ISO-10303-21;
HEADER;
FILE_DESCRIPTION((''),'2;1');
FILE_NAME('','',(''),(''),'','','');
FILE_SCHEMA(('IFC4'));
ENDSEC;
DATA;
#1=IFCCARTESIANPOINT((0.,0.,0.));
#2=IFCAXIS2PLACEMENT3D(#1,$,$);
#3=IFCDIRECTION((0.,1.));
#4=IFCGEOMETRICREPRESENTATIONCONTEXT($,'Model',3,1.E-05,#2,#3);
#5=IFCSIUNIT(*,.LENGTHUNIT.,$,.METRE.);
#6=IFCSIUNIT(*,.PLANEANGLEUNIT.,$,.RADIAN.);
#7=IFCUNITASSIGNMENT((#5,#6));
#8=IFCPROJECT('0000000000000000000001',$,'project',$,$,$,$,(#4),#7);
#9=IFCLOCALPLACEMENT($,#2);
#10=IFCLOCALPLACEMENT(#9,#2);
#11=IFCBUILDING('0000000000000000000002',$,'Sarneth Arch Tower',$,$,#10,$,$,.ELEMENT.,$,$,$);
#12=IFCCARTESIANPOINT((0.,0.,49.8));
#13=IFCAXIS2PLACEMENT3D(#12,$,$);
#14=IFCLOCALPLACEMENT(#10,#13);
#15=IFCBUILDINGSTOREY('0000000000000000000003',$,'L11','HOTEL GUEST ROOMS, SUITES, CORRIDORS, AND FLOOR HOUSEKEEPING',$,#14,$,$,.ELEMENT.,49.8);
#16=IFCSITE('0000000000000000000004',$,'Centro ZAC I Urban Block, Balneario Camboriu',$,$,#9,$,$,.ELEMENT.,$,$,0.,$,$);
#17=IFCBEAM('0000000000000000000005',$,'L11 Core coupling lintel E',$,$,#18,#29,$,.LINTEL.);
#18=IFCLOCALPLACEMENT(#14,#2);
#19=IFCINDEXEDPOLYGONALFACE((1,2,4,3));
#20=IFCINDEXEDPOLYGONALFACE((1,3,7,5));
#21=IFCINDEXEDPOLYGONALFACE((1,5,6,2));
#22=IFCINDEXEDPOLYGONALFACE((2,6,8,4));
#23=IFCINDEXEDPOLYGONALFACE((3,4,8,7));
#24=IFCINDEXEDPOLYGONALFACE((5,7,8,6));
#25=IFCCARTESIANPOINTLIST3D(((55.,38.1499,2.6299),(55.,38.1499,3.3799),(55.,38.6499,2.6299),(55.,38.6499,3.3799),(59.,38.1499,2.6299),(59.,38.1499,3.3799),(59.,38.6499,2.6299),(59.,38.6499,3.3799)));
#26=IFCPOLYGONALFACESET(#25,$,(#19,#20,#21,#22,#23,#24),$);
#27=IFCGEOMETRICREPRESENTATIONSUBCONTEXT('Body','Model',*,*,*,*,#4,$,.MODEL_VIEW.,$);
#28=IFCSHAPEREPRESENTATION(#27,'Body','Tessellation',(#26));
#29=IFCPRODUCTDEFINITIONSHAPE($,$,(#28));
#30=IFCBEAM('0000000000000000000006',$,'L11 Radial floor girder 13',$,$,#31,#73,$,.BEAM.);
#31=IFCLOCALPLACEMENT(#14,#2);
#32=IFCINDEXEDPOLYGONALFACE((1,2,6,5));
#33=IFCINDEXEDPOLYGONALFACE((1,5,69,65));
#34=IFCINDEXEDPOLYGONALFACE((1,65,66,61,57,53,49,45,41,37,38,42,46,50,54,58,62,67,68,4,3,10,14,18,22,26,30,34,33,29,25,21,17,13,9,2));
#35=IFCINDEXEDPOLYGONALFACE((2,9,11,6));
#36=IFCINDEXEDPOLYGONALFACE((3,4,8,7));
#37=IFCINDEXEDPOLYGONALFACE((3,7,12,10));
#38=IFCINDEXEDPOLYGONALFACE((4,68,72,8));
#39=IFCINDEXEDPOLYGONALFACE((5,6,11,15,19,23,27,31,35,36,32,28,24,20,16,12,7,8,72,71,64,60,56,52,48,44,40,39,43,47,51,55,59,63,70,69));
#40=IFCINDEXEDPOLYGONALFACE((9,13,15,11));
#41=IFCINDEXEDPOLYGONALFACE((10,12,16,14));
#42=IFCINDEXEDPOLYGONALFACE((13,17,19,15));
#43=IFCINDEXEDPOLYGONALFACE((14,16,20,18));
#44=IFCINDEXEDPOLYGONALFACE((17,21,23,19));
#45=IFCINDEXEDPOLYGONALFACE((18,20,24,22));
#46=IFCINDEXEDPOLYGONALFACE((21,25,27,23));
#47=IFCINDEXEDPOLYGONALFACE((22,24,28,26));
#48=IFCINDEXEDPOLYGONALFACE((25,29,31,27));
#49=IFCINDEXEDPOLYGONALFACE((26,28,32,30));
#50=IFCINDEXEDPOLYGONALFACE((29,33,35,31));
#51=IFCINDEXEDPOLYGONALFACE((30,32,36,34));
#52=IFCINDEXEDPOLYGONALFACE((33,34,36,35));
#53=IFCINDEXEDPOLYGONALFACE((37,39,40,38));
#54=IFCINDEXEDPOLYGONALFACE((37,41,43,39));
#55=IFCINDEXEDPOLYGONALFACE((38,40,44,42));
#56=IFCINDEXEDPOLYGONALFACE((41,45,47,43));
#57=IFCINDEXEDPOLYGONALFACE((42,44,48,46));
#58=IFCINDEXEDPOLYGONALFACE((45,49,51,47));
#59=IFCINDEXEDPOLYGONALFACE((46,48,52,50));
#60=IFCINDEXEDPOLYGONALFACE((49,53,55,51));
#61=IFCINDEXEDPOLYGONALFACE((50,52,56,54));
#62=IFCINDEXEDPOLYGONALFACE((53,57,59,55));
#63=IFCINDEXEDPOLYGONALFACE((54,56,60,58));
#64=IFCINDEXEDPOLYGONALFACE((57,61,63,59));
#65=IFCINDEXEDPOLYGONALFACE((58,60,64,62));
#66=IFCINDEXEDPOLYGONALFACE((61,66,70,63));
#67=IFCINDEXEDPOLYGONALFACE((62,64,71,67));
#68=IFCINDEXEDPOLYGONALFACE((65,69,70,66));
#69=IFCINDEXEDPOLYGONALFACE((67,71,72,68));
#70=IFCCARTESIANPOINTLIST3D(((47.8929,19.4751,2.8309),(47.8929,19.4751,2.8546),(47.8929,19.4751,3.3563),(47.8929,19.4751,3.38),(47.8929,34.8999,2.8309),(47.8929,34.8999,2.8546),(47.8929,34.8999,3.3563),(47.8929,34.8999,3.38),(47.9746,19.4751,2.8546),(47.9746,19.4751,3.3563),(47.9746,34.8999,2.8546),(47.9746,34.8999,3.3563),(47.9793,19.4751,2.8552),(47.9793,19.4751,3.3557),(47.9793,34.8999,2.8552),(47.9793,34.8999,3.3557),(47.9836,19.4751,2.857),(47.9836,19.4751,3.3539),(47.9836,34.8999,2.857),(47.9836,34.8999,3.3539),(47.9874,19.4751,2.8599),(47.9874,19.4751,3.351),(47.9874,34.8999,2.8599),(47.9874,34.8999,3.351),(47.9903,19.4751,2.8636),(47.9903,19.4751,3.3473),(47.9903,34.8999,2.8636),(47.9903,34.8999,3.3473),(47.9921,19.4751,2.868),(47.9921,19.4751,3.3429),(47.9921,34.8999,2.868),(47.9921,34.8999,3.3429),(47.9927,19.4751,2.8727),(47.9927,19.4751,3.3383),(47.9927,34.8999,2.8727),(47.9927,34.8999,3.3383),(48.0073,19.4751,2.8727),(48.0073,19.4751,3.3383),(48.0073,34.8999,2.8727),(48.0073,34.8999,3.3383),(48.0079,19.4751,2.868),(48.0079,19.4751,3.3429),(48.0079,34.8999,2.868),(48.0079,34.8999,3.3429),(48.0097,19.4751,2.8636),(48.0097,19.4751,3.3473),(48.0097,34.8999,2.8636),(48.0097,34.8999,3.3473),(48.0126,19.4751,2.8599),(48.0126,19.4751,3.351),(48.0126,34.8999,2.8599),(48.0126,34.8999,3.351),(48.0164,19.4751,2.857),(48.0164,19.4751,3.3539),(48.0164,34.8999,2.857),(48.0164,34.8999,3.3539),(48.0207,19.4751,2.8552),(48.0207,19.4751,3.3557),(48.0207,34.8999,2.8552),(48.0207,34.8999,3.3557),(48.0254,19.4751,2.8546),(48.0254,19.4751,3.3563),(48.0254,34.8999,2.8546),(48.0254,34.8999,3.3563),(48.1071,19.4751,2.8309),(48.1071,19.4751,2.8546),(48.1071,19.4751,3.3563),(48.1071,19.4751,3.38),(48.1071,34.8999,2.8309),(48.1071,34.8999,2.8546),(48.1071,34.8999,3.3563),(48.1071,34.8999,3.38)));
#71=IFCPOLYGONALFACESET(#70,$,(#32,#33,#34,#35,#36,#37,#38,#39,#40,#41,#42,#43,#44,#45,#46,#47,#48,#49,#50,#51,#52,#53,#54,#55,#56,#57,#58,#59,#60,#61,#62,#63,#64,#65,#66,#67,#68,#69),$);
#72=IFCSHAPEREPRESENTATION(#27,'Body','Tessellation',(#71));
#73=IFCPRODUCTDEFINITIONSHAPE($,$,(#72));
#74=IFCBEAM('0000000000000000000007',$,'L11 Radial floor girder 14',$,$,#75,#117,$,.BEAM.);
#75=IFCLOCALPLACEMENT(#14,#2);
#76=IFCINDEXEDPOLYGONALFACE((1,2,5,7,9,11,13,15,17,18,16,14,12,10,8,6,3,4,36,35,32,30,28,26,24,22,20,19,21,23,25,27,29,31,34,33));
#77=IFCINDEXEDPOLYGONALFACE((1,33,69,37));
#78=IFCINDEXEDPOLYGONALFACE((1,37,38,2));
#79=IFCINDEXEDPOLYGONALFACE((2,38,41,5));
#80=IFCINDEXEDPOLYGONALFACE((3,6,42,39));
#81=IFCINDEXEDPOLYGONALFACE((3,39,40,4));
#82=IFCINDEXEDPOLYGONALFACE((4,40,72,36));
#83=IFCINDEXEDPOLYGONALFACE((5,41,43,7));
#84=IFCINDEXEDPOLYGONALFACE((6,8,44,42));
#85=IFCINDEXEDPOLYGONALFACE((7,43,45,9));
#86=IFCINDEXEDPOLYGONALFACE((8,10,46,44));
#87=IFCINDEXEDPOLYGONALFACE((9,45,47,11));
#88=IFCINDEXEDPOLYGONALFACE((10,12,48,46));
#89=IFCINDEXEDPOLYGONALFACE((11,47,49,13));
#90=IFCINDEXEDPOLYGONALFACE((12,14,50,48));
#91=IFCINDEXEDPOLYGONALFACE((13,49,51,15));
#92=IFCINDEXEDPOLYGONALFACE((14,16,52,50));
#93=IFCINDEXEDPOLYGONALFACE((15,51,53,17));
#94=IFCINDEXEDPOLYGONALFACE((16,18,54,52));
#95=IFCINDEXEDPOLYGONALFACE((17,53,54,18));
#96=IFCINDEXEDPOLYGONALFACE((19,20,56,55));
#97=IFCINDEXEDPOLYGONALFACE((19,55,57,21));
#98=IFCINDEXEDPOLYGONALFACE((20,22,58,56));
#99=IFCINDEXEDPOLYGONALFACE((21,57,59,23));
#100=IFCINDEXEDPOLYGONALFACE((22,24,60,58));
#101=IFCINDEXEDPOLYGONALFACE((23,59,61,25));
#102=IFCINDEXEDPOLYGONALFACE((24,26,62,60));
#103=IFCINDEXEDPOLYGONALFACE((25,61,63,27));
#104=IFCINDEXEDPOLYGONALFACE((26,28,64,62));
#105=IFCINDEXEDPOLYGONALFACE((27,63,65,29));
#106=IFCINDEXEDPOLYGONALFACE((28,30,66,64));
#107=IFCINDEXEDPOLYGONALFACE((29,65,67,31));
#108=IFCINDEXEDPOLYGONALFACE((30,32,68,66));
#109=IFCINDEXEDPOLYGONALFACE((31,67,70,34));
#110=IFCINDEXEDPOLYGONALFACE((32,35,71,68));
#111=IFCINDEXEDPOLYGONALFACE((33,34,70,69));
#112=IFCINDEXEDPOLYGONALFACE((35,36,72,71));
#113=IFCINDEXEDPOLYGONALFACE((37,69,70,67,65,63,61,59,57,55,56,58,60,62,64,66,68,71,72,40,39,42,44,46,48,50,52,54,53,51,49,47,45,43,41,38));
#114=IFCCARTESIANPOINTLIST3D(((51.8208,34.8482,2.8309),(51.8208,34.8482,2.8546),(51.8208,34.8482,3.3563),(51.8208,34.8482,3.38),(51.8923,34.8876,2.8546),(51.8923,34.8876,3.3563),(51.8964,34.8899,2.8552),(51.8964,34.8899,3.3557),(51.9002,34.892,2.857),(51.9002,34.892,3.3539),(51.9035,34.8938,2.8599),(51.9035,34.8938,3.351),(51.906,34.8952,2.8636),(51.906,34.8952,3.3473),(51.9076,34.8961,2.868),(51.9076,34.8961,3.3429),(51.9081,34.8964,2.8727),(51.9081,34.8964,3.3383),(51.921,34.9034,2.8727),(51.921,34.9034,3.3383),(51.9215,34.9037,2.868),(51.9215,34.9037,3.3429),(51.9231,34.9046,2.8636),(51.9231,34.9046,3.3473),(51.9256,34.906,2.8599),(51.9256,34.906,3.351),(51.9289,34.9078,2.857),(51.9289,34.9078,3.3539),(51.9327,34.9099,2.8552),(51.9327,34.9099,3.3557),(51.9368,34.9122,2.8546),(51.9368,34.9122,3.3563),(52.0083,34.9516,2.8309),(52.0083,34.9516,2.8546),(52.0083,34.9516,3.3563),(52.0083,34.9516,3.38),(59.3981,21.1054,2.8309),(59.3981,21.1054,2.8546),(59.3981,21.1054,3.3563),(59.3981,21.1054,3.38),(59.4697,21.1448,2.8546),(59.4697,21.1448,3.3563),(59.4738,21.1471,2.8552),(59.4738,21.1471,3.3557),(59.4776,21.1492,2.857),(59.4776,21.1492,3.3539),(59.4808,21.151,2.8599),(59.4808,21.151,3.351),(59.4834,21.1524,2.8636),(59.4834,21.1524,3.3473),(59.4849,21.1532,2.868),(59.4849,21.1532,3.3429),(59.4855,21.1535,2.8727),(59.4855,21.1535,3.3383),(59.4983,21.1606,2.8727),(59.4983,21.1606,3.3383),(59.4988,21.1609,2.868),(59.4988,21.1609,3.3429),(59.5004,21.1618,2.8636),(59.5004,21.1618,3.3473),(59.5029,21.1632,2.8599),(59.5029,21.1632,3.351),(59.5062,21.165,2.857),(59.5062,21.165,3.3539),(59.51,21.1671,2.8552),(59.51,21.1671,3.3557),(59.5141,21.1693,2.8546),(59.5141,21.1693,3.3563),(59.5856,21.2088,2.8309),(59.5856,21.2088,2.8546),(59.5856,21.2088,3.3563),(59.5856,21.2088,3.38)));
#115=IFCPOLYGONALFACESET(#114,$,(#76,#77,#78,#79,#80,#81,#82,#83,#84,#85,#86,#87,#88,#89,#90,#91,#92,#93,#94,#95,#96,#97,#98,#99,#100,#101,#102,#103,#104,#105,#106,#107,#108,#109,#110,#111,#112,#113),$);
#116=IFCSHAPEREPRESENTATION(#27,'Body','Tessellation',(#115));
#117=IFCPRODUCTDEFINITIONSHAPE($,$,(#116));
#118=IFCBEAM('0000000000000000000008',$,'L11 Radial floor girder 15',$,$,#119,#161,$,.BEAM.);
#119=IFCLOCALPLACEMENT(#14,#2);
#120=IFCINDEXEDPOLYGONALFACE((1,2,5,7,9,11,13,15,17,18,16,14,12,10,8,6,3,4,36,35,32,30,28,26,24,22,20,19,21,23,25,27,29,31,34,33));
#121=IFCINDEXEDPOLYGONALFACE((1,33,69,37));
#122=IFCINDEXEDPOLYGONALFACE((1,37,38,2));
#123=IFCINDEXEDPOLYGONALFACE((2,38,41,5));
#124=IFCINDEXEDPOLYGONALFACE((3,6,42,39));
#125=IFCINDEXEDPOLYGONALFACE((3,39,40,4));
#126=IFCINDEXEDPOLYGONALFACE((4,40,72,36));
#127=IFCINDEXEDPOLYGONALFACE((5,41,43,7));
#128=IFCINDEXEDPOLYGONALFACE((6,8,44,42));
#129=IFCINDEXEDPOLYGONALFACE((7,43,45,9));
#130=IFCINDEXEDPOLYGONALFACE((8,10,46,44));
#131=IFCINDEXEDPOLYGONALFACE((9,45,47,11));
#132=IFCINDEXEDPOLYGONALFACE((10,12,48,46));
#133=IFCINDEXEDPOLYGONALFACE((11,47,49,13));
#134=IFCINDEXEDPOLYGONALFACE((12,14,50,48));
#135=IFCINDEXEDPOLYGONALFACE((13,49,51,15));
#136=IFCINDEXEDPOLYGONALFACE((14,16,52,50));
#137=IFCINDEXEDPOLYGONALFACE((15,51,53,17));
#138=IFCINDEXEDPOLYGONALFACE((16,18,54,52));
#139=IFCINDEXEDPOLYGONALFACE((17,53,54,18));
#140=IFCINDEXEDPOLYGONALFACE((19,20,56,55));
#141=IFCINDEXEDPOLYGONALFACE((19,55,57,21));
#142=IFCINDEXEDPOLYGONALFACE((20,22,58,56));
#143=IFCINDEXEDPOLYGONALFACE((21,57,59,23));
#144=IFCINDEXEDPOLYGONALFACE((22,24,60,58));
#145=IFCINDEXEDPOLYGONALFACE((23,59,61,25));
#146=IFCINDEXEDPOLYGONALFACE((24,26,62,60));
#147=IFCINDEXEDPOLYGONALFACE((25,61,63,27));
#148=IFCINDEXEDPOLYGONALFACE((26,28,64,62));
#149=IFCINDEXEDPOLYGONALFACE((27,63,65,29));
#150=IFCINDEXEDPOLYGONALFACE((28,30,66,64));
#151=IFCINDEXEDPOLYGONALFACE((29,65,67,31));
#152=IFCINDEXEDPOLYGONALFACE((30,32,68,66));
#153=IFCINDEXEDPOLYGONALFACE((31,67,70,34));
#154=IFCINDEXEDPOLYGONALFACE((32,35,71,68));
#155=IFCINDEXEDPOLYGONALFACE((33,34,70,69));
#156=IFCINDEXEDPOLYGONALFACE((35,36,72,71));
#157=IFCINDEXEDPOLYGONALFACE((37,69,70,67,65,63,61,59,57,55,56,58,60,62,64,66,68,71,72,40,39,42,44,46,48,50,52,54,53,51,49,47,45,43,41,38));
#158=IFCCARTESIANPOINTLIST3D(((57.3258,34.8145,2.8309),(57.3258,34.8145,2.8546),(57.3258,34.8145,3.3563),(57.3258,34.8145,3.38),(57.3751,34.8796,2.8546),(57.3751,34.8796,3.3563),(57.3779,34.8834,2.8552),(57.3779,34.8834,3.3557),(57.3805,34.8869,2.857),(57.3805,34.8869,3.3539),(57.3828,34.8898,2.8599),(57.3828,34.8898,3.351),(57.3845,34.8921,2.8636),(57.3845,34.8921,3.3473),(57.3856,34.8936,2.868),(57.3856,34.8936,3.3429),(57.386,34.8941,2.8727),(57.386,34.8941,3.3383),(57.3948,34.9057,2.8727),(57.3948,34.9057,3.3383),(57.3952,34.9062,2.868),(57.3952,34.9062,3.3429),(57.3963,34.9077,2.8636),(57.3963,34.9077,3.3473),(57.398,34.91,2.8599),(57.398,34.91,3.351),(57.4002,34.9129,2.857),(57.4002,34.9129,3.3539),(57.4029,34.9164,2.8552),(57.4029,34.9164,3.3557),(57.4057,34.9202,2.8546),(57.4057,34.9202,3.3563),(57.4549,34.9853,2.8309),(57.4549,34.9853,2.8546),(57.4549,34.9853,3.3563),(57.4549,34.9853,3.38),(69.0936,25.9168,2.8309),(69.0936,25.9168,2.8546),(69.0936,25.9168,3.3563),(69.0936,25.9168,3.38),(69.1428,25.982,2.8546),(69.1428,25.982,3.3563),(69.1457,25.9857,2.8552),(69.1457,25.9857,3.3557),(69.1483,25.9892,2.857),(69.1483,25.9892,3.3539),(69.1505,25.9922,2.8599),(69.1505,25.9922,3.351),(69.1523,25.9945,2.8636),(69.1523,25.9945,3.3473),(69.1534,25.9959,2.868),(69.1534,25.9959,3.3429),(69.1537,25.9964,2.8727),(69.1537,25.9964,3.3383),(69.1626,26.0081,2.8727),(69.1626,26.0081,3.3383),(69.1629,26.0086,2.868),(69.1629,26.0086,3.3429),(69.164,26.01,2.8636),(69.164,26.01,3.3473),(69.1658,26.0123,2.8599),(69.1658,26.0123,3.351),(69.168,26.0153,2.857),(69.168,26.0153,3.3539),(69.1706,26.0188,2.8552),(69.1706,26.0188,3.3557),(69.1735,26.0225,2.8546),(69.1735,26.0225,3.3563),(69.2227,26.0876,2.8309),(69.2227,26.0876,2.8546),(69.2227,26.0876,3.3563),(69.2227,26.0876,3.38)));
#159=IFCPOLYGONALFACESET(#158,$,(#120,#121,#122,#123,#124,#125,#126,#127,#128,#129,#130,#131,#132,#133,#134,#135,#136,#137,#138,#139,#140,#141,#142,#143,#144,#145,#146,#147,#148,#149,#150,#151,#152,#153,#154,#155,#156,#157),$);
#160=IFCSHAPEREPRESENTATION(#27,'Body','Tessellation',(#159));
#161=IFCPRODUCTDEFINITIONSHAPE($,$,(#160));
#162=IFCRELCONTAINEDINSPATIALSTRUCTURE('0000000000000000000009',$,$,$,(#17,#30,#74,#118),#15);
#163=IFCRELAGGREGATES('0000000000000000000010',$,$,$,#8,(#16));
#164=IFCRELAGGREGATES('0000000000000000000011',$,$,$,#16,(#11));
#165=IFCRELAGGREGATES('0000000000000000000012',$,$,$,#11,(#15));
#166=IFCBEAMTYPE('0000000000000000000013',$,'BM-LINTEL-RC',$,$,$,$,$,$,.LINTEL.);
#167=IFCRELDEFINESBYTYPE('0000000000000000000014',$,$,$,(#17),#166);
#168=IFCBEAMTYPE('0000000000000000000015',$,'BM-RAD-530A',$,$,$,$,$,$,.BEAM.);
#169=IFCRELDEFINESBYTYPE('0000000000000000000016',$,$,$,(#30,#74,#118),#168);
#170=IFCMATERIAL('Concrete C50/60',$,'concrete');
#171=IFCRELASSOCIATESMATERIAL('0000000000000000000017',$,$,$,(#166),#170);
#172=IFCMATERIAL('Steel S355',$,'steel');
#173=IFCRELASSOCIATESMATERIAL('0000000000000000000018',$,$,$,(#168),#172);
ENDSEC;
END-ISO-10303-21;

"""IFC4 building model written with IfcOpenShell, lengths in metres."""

from ifc_helpers import new_model, si_unit, direction, frame, origin, origin_2d, place, context, subcontext, project, spatial, rectangle, i_section, extrude, material, material_profile, profile_set, type_object, element, save


model = new_model("IFC4")

# Units and contexts
model_context = context("Model", 3, precision=1e-05, world=origin(), true_north=direction((0.0, 1.0)))
body_context = subcontext(model_context, "Body", "Model", "MODEL_VIEW")
ifc_project = project(units=[si_unit("LENGTHUNIT", "METRE"), si_unit("PLANEANGLEUNIT", "RADIAN")], contexts=[model_context])

# Site, building, storey
site_placement = place(None, origin())
site = spatial("IfcSite", under=ifc_project, at=site_placement, Name="Centro ZAC I Urban Block, Balneario Camboriu", CompositionType="ELEMENT", RefElevation=0.0)
building_placement = place(site_placement, origin())
building = spatial("IfcBuilding", under=site, at=building_placement, Name="Sarneth Arch Tower", CompositionType="ELEMENT")
storey_placement = place(building_placement, frame((0.0, 0.0, 49.8)))
storey = spatial("IfcBuildingStorey", under=building, at=storey_placement, Name="L11", Description="HOTEL GUEST ROOMS, SUITES, CORRIDORS, AND FLOOR HOUSEKEEPING", CompositionType="ELEMENT", Elevation=49.8)

# Beams
ifc_material_1 = material(Name="Concrete C50/60", Category="concrete")
ifc_material_profile_1 = material_profile(ifc_material_1, rectangle(XDim=0.5, YDim=0.75, at=origin_2d()), Name="RC-500x750")
ifc_profile_set_1 = profile_set([ifc_material_profile_1], Name="Concrete C50/60")
beam_type_1 = type_object("IfcBeamType", Name="BM-LINTEL-RC", PredefinedType="LINTEL", material=ifc_profile_set_1)
beam_1_placement = place(storey_placement, frame((55.0, 38.3999, 3.0049), z_axis=(1.0, 0.0, 0.0), x_axis=(0.0, 1.0, 0.0)))
element("IfcBeam", 1, at=beam_1_placement, inside=storey, type_object=beam_type_1, Name="L11 Core coupling lintel E", PredefinedType="LINTEL", context=body_context, shape_type="SweptSolid", body=[
    extrude(rectangle(XDim=0.5, YDim=0.75, at=origin_2d()), origin(), (0.0, 0.0, 1.0), 4.0),
])
ifc_material_2 = material(Name="Steel S355", Category="steel")
ifc_material_profile_2 = material_profile(ifc_material_2, i_section(OverallWidth=0.2141, OverallDepth=0.5491, WebThickness=0.0146, FlangeThickness=0.0237, FilletRadius=0.0181, at=origin_2d()), Name="W530x138")
ifc_profile_set_2 = profile_set([ifc_material_profile_2], Name="Steel S355")
beam_type_2 = type_object("IfcBeamType", Name="BM-RAD-530A", PredefinedType="BEAM", material=ifc_profile_set_2)
beam_2_placement = place(storey_placement, frame((48.0, 34.8999, 3.1055), z_axis=(0.0, -1.0, 0.0), x_axis=(1.0, 0.0, 0.0)))
element("IfcBeam", 2, at=beam_2_placement, inside=storey, type_object=beam_type_2, Name="L11 Radial floor girder 13", PredefinedType="BEAM", context=body_context, shape_type="SweptSolid", body=[
    extrude(i_section(OverallWidth=0.2141, OverallDepth=0.5491, WebThickness=0.0146, FlangeThickness=0.0237, FilletRadius=0.0181, at=origin_2d()), origin(), (0.0, 0.0, 1.0), 15.4248),
])
beam_3_placement = place(storey_placement, frame((51.9146, 34.8999, 3.1055), z_axis=(0.482838, -0.87571, 0.0), x_axis=(0.87571, 0.482838, 0.0)))
element("IfcBeam", 3, at=beam_3_placement, inside=storey, type_object=beam_type_2, Name="L11 Radial floor girder 14", PredefinedType="BEAM", context=body_context, shape_type="SweptSolid", body=[
    extrude(i_section(OverallWidth=0.2141, OverallDepth=0.5491, WebThickness=0.0146, FlangeThickness=0.0237, FilletRadius=0.0181, at=origin_2d()), origin(), (0.0, 0.0, 1.0), 15.6934),
])
beam_4_placement = place(storey_placement, frame((57.3904, 34.8999, 3.1055), z_axis=(0.797657, -0.603112, 0.0), x_axis=(0.603112, 0.797657, 0.0)))
element("IfcBeam", 4, at=beam_4_placement, inside=storey, type_object=beam_type_2, Name="L11 Radial floor girder 15", PredefinedType="BEAM", context=body_context, shape_type="SweptSolid", body=[
    extrude(i_section(OverallWidth=0.2141, OverallDepth=0.5491, WebThickness=0.0146, FlangeThickness=0.0237, FilletRadius=0.0181, at=origin_2d()), origin(), (0.0, 0.0, 1.0), 14.7529),
])

save(model, "model.ifc")
